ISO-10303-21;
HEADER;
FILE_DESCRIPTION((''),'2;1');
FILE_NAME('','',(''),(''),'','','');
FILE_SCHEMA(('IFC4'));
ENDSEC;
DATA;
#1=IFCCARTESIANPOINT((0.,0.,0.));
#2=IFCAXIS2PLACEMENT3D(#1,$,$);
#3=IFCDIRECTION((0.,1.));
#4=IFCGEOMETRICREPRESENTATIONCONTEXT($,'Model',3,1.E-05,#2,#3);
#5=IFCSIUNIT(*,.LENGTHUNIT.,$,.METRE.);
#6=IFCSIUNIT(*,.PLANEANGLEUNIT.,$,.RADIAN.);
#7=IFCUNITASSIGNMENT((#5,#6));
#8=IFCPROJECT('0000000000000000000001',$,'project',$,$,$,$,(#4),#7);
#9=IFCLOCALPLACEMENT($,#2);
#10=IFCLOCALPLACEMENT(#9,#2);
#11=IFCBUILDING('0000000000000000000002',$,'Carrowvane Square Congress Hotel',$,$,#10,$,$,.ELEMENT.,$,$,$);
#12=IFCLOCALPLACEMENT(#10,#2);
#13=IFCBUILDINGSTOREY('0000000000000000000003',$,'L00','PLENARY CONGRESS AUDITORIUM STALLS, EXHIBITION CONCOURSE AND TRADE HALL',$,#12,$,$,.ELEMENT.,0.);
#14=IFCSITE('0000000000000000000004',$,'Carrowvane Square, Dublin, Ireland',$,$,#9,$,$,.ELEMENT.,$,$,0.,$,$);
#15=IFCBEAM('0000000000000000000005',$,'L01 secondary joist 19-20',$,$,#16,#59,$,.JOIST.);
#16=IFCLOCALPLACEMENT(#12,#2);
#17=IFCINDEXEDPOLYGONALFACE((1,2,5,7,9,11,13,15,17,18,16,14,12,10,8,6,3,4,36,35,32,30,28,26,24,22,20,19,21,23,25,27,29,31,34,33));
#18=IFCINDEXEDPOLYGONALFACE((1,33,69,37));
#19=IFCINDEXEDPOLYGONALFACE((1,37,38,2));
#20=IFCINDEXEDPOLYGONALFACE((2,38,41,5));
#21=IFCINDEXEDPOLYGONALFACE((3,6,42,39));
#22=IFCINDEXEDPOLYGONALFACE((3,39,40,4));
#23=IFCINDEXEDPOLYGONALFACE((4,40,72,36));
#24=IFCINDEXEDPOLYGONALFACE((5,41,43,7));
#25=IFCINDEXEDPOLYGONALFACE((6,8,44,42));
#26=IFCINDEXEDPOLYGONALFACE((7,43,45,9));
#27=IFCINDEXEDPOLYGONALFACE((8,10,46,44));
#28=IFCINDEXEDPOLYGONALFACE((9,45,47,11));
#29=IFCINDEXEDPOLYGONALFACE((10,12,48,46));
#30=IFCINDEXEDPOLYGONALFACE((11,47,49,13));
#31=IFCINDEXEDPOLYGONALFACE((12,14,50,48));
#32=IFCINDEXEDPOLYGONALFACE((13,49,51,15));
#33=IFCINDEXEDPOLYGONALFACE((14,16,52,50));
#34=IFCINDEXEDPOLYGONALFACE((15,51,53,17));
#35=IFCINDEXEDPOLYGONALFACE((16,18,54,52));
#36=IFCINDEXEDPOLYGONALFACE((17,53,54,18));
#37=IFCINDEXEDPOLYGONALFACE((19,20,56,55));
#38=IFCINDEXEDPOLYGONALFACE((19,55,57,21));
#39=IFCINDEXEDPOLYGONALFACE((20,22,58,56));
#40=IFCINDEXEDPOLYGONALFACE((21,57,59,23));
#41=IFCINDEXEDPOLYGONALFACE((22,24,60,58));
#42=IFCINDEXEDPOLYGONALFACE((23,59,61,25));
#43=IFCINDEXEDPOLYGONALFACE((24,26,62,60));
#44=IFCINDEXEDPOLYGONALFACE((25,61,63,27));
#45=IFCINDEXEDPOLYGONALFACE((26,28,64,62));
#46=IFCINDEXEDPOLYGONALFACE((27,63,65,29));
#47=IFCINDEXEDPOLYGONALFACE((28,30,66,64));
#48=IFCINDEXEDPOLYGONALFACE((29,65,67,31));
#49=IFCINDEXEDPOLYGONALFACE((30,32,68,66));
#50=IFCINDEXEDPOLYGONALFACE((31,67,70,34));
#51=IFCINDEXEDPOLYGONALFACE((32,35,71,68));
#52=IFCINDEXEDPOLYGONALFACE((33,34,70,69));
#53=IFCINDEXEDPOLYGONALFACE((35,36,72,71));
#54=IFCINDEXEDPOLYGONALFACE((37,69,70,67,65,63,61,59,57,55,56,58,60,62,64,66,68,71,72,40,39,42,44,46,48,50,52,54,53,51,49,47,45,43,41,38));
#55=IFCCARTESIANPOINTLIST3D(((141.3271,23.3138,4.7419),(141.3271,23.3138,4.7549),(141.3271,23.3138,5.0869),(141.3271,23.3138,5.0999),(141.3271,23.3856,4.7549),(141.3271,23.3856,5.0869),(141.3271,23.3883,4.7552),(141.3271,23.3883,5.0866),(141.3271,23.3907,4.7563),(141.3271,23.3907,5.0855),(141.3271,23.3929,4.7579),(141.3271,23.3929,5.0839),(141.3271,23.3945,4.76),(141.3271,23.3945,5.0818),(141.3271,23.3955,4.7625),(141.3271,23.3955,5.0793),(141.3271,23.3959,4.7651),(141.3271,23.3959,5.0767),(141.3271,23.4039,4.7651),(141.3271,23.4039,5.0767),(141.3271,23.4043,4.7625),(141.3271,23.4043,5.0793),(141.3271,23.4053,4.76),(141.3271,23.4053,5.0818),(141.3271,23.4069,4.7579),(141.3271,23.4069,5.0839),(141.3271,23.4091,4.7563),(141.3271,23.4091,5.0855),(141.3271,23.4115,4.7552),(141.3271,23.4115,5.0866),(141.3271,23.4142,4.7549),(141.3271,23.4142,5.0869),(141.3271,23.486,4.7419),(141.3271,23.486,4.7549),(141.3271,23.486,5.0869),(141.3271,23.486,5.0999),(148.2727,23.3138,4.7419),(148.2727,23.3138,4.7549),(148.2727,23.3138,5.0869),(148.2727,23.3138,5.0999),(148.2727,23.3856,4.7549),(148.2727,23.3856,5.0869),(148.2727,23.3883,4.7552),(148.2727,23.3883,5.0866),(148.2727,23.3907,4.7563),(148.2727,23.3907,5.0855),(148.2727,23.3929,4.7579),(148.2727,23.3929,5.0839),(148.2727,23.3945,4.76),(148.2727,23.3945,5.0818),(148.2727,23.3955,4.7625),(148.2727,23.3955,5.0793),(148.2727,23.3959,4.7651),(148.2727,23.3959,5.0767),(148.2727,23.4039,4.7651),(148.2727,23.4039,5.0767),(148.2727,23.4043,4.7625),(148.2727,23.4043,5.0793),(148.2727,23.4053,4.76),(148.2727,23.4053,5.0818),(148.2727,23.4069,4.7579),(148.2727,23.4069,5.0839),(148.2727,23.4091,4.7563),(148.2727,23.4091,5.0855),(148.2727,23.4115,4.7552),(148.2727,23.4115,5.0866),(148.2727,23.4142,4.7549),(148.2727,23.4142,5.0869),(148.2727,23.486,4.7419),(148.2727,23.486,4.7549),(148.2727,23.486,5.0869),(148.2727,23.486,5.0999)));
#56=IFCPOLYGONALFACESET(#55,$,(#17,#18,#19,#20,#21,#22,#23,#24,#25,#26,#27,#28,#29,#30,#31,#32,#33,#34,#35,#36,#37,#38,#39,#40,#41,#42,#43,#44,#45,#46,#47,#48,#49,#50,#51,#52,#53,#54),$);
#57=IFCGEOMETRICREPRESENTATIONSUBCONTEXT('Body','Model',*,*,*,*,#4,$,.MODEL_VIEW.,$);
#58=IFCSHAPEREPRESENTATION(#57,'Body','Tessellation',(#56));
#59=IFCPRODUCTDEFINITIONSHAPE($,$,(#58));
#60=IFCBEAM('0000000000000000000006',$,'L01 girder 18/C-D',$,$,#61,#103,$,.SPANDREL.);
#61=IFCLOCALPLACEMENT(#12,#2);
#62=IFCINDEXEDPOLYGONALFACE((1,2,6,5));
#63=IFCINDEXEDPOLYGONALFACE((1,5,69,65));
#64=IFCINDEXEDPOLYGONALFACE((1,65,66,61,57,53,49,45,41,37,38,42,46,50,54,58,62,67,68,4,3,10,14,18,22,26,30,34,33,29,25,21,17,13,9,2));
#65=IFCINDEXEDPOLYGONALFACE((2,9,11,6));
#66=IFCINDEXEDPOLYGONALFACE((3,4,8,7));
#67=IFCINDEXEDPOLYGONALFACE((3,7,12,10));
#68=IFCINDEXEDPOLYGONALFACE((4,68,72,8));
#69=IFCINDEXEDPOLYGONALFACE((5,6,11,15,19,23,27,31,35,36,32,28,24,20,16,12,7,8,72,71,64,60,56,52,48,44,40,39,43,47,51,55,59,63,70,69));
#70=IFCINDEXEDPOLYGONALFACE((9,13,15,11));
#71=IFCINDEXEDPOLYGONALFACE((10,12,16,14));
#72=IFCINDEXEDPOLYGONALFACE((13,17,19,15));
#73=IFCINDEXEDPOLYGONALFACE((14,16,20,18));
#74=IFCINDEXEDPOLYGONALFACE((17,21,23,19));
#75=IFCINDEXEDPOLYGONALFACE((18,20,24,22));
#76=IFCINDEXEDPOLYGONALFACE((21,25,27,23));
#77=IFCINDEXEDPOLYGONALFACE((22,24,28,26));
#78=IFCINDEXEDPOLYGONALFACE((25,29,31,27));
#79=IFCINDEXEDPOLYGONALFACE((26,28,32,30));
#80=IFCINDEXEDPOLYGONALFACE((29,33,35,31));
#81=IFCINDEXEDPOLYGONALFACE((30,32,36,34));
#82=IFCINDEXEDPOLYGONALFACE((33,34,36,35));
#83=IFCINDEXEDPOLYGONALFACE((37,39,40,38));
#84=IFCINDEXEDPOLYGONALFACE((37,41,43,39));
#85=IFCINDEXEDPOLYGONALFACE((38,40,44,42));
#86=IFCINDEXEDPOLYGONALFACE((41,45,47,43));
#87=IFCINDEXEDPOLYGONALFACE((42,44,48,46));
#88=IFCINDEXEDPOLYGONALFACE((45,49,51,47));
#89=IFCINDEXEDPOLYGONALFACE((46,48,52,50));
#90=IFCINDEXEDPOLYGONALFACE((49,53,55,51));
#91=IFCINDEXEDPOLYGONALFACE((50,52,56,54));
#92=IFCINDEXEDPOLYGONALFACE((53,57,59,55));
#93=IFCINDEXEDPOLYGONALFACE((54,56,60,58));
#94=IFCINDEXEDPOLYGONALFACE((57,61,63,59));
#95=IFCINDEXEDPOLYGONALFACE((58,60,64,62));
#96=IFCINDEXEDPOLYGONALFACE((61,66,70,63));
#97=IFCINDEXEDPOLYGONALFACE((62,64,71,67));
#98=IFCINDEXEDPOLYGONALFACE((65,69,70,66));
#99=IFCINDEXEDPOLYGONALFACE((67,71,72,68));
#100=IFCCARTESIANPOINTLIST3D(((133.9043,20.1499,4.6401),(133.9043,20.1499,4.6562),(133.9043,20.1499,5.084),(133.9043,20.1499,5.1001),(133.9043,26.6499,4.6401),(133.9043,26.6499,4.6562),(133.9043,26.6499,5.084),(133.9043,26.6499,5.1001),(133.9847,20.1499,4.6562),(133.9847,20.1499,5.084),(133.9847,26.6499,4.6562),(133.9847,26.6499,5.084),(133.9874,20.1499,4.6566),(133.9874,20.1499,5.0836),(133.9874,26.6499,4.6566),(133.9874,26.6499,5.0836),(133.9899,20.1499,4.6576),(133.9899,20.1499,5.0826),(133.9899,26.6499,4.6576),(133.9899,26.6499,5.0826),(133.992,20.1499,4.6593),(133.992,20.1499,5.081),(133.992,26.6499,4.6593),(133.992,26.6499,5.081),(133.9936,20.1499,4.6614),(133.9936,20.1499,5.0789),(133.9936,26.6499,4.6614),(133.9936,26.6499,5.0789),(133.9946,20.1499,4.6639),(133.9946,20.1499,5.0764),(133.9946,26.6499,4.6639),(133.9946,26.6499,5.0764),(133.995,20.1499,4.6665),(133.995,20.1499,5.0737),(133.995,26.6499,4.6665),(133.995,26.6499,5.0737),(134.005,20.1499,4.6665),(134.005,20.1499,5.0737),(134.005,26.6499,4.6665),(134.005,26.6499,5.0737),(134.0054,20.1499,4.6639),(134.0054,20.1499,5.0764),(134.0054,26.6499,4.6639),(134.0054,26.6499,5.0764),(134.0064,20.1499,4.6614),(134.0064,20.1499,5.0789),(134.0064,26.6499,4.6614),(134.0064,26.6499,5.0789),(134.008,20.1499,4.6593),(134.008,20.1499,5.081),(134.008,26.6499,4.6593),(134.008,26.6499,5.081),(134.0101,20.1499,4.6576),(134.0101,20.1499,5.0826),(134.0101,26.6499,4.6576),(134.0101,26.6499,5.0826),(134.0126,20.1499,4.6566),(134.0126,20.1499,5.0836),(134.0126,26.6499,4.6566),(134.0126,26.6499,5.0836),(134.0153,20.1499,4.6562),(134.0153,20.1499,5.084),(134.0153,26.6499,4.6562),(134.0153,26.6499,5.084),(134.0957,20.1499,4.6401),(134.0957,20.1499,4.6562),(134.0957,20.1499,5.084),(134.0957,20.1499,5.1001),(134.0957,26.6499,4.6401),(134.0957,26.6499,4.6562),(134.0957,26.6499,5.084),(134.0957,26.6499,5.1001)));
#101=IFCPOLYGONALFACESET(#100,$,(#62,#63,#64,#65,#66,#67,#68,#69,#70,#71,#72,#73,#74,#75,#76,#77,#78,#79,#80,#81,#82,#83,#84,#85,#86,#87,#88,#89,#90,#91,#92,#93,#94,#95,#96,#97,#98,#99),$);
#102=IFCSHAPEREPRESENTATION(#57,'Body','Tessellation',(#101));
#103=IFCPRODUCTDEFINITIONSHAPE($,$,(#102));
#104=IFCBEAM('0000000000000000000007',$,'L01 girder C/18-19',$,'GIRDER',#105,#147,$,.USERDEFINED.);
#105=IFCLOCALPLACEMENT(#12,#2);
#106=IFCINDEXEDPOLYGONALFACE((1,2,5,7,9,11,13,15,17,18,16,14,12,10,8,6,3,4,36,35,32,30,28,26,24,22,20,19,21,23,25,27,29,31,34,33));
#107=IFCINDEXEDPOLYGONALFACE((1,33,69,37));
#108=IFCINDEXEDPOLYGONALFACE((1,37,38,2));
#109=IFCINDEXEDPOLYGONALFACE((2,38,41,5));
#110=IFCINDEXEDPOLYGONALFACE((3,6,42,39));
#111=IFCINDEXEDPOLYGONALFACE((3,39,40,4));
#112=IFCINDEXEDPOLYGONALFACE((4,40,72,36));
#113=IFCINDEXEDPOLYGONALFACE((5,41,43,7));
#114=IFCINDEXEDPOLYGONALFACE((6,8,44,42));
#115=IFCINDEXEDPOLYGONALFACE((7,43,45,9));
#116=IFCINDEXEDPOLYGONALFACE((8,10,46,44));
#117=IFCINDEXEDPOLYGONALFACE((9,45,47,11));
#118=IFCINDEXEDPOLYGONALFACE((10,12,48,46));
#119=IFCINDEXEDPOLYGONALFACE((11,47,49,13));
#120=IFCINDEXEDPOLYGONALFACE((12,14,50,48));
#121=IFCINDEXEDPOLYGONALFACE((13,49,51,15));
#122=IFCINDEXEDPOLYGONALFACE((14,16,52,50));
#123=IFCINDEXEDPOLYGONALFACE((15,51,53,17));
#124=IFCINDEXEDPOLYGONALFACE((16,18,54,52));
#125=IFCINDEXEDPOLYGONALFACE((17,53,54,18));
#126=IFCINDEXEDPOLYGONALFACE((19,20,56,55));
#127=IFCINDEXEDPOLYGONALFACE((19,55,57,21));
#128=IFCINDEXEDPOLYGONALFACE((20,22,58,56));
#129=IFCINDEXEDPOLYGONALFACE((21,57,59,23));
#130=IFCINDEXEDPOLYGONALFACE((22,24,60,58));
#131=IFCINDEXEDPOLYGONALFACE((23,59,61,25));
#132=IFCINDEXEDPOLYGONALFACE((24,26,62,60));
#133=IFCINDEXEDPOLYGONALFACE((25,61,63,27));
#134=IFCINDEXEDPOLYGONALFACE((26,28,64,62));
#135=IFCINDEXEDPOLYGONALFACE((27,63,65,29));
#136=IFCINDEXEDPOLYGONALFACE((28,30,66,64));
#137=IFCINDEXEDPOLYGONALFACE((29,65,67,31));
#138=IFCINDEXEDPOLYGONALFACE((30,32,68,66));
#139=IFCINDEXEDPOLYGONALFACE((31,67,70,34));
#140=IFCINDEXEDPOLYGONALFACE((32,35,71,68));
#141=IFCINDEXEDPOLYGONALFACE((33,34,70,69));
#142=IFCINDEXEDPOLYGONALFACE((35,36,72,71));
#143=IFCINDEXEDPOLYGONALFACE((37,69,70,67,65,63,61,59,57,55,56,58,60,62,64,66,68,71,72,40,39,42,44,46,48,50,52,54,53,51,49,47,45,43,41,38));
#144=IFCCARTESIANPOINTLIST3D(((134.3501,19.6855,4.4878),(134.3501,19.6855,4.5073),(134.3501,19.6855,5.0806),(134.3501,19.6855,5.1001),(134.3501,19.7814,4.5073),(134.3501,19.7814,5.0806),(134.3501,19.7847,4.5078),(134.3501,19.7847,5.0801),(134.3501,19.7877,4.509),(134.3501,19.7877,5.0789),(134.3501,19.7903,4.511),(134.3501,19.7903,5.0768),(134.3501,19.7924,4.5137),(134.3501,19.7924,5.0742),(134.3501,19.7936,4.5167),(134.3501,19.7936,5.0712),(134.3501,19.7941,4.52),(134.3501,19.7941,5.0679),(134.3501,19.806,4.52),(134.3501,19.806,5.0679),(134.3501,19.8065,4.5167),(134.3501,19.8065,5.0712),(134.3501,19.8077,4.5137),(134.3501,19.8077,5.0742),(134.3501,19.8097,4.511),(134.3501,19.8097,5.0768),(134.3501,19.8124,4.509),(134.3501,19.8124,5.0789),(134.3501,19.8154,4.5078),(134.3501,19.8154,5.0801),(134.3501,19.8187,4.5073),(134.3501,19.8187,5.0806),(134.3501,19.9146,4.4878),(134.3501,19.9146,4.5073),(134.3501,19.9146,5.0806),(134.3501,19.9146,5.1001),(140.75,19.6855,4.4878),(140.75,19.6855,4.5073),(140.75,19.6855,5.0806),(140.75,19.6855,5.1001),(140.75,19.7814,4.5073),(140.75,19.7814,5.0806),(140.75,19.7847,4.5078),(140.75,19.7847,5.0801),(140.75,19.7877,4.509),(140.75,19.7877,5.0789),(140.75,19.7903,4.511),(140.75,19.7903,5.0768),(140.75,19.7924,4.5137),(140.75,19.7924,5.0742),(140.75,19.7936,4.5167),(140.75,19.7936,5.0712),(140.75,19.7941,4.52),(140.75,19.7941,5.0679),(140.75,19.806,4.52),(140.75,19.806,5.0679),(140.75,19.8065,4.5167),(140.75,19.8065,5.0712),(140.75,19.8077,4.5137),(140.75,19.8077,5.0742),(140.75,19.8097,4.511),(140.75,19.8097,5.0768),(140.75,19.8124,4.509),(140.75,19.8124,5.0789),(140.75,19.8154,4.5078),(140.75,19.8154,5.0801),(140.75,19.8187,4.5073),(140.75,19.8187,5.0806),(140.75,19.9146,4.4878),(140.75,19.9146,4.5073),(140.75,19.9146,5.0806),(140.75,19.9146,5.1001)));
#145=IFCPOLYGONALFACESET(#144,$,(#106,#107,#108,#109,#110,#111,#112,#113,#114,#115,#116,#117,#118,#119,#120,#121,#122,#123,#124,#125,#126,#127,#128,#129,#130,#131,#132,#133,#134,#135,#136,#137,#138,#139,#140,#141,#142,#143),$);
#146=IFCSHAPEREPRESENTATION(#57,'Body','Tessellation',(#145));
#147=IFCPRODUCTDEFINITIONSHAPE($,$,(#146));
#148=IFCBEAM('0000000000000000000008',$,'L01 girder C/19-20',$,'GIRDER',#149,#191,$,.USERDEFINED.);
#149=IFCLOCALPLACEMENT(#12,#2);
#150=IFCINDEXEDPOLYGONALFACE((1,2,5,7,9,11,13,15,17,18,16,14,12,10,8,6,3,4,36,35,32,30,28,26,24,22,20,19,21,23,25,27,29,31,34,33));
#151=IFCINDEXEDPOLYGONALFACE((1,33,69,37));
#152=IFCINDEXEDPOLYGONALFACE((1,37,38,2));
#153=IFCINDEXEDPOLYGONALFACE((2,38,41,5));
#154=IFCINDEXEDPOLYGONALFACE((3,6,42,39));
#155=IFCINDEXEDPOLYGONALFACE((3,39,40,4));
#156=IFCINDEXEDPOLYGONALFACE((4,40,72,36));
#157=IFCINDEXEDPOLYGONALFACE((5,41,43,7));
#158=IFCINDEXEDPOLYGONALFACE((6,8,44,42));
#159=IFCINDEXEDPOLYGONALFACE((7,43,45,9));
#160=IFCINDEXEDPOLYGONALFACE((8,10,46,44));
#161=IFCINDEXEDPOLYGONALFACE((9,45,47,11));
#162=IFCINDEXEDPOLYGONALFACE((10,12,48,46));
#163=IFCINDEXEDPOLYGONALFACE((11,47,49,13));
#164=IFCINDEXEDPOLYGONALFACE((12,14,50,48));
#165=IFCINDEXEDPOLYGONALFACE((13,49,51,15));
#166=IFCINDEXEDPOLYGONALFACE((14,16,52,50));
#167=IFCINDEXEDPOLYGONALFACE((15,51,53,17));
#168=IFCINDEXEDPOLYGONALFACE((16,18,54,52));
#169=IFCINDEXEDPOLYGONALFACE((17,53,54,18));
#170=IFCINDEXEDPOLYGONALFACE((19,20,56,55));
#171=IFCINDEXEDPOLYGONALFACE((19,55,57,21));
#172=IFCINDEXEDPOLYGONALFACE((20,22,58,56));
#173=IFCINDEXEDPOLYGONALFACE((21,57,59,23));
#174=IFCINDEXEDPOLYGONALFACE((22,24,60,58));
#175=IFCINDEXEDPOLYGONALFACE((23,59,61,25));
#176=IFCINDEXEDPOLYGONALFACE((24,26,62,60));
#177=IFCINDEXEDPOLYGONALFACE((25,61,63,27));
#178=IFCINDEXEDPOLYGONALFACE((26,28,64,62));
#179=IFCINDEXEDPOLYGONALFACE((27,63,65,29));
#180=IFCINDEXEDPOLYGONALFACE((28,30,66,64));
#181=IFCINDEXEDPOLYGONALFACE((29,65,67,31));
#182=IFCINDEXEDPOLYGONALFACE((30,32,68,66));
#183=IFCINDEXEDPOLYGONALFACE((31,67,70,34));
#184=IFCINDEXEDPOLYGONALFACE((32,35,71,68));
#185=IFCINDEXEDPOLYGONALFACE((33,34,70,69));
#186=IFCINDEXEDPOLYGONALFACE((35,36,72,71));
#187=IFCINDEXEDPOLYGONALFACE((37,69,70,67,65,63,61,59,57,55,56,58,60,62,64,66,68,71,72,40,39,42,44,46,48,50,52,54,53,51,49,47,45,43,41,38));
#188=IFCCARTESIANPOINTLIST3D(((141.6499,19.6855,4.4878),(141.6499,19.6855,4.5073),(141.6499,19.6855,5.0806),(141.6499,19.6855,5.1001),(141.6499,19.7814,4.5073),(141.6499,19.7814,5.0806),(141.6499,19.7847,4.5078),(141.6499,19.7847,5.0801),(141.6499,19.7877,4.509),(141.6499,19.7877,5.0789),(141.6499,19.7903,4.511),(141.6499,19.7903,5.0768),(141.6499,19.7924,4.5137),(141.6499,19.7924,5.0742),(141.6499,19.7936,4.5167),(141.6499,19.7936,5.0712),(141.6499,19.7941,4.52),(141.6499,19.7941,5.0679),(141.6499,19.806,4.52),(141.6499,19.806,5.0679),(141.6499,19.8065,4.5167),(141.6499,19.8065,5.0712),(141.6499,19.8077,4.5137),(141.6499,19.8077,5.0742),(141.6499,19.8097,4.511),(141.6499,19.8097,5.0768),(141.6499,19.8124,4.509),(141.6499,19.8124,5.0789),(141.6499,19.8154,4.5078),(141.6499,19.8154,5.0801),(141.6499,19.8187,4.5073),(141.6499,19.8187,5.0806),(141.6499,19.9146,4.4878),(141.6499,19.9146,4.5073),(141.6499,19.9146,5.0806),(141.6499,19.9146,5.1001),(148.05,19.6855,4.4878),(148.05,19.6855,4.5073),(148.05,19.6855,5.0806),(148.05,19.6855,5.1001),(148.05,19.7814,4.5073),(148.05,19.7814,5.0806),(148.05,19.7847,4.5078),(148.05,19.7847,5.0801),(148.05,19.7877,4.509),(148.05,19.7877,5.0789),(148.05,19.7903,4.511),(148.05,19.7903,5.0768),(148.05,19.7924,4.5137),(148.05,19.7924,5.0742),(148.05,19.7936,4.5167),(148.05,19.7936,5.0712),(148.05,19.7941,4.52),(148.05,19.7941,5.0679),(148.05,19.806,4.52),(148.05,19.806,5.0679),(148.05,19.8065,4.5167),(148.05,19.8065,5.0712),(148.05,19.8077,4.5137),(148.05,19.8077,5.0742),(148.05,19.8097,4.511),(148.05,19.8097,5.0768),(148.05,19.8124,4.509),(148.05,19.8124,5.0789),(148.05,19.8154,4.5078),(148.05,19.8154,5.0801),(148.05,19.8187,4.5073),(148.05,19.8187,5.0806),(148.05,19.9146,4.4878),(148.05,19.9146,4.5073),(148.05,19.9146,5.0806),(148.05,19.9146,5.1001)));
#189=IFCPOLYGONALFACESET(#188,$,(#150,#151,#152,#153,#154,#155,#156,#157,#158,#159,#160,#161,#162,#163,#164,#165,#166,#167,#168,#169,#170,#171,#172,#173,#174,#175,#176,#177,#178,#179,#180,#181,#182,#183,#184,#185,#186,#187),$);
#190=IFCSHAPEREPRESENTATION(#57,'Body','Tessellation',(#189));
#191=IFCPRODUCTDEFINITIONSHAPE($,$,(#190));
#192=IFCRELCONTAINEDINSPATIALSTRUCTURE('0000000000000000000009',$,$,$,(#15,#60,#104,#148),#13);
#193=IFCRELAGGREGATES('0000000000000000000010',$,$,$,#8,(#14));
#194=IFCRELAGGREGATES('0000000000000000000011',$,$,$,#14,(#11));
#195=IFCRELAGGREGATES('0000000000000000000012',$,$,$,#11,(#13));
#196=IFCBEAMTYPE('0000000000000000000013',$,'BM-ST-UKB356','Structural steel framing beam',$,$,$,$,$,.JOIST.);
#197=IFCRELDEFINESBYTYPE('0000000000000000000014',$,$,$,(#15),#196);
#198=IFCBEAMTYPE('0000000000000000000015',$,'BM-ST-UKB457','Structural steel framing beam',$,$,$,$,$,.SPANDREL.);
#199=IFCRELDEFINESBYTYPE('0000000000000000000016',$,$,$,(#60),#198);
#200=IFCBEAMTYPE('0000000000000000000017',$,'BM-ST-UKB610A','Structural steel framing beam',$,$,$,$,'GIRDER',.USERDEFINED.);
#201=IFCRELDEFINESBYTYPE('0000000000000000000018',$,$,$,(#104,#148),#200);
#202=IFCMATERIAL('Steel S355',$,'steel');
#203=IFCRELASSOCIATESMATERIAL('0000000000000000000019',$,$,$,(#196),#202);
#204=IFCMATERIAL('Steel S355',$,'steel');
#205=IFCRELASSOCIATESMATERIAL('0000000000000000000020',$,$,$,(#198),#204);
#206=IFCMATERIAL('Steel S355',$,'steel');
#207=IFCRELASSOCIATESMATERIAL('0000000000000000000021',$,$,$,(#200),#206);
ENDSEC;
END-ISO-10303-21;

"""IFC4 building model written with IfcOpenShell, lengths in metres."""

from ifc_helpers import new_model, si_unit, direction, frame, origin, origin_2d, place, context, subcontext, project, spatial, i_section, extrude, material, material_profile, profile_set, type_object, element, save


model = new_model("IFC4")

# Units and contexts
model_context = context("Model", 3, precision=1e-05, world=origin(), true_north=direction((0.0, 1.0)))
body_context = subcontext(model_context, "Body", "Model", "MODEL_VIEW")
ifc_project = project(units=[si_unit("LENGTHUNIT", "METRE"), si_unit("PLANEANGLEUNIT", "RADIAN")], contexts=[model_context])

# Site, building, storey
site_placement = place(None, origin())
site = spatial("IfcSite", under=ifc_project, at=site_placement, Name="Carrowvane Square, Dublin, Ireland", CompositionType="ELEMENT", RefElevation=0.0)
building_placement = place(site_placement, origin())
building = spatial("IfcBuilding", under=site, at=building_placement, Name="Carrowvane Square Congress Hotel", CompositionType="ELEMENT")
storey_placement = place(building_placement, origin())
storey = spatial("IfcBuildingStorey", under=building, at=storey_placement, Name="L00", Description="PLENARY CONGRESS AUDITORIUM STALLS, EXHIBITION CONCOURSE AND TRADE HALL", CompositionType="ELEMENT", Elevation=0.0)

# Beams
ifc_material_1 = material(Name="Steel S355", Category="steel")
ifc_material_profile_1 = material_profile(ifc_material_1, i_section(OverallWidth=0.1721, OverallDepth=0.3579, WebThickness=0.0081, FlangeThickness=0.0129, FilletRadius=0.0103, at=origin_2d()), Name="UKB 356x171x57")
ifc_profile_set_1 = profile_set([ifc_material_profile_1], Name="Steel S355")
beam_type_1 = type_object("IfcBeamType", Name="BM-ST-UKB356", Description="Structural steel framing beam", PredefinedType="JOIST", material=ifc_profile_set_1)
for number, where, z_axis, x_axis, name in (
    (1, (141.3271, 23.3999, 4.9209), (1.0, 0.0, 0.0), (0.0, 1.0, 0.0), "L01 secondary joist 19-20"),
):
    element("IfcBeam", number, at=place(storey_placement, frame(where, z_axis=z_axis, x_axis=x_axis)), inside=storey, type_object=beam_type_1, Name=name, PredefinedType="JOIST", context=body_context, shape_type="SweptSolid", body=[
        extrude(i_section(OverallWidth=0.1721, OverallDepth=0.3579, WebThickness=0.0081, FlangeThickness=0.0129, FilletRadius=0.0103, at=origin_2d()), origin(), (0.0, 0.0, 1.0), 6.9456),
    ])
ifc_material_2 = material(Name="Steel S355", Category="steel")
ifc_material_profile_2 = material_profile(ifc_material_2, i_section(OverallWidth=0.1914, OverallDepth=0.46, WebThickness=0.01, FlangeThickness=0.0161, FilletRadius=0.0103, at=origin_2d()), Name="UKB 457x191x82")
ifc_profile_set_2 = profile_set([ifc_material_profile_2], Name="Steel S355")
beam_type_2 = type_object("IfcBeamType", Name="BM-ST-UKB457", Description="Structural steel framing beam", PredefinedType="SPANDREL", material=ifc_profile_set_2)
beam_1_placement = place(storey_placement, frame((134.0, 20.1499, 4.8701), z_axis=(0.0, 1.0, 0.0), x_axis=(-1.0, 0.0, 0.0)))
element("IfcBeam", 2, at=beam_1_placement, inside=storey, type_object=beam_type_2, Name="L01 girder 18/C-D", PredefinedType="SPANDREL", context=body_context, shape_type="SweptSolid", body=[
    extrude(i_section(OverallWidth=0.1914, OverallDepth=0.46, WebThickness=0.01, FlangeThickness=0.0161, FilletRadius=0.0103, at=origin_2d()), origin(), (0.0, 0.0, 1.0), 6.5),
])
ifc_material_3 = material(Name="Steel S355", Category="steel")
ifc_material_profile_3 = material_profile(ifc_material_3, i_section(OverallWidth=0.229, OverallDepth=0.6123, WebThickness=0.012, FlangeThickness=0.0195, FilletRadius=0.0127, at=origin_2d()), Name="UKB 610x229x125")
ifc_profile_set_3 = profile_set([ifc_material_profile_3], Name="Steel S355")
beam_type_3 = type_object("IfcBeamType", Name="BM-ST-UKB610A", Description="Structural steel framing beam", ElementType="GIRDER", PredefinedType="USERDEFINED", material=ifc_profile_set_3)
beam_2_placement = place(storey_placement, frame((134.3501, 19.8, 4.7939), z_axis=(1.0, 0.0, 0.0), x_axis=(0.0, 1.0, 0.0)))
element("IfcBeam", 3, at=beam_2_placement, inside=storey, type_object=beam_type_3, Name="L01 girder C/18-19", ObjectType="GIRDER", PredefinedType="USERDEFINED", context=body_context, shape_type="SweptSolid", body=[
    extrude(i_section(OverallWidth=0.229, OverallDepth=0.6123, WebThickness=0.012, FlangeThickness=0.0195, FilletRadius=0.0127, at=origin_2d()), origin(), (0.0, 0.0, 1.0), 6.3999),
])
beam_3_placement = place(storey_placement, frame((141.6499, 19.8, 4.7939), z_axis=(1.0, 0.0, 0.0), x_axis=(0.0, 1.0, 0.0)))
element("IfcBeam", 4, at=beam_3_placement, inside=storey, type_object=beam_type_3, Name="L01 girder C/19-20", ObjectType="GIRDER", PredefinedType="USERDEFINED", context=body_context, shape_type="SweptSolid", body=[
    extrude(i_section(OverallWidth=0.229, OverallDepth=0.6123, WebThickness=0.012, FlangeThickness=0.0195, FilletRadius=0.0127, at=origin_2d()), origin(), (0.0, 0.0, 1.0), 6.4001),
])

save(model, "model.ifc")
